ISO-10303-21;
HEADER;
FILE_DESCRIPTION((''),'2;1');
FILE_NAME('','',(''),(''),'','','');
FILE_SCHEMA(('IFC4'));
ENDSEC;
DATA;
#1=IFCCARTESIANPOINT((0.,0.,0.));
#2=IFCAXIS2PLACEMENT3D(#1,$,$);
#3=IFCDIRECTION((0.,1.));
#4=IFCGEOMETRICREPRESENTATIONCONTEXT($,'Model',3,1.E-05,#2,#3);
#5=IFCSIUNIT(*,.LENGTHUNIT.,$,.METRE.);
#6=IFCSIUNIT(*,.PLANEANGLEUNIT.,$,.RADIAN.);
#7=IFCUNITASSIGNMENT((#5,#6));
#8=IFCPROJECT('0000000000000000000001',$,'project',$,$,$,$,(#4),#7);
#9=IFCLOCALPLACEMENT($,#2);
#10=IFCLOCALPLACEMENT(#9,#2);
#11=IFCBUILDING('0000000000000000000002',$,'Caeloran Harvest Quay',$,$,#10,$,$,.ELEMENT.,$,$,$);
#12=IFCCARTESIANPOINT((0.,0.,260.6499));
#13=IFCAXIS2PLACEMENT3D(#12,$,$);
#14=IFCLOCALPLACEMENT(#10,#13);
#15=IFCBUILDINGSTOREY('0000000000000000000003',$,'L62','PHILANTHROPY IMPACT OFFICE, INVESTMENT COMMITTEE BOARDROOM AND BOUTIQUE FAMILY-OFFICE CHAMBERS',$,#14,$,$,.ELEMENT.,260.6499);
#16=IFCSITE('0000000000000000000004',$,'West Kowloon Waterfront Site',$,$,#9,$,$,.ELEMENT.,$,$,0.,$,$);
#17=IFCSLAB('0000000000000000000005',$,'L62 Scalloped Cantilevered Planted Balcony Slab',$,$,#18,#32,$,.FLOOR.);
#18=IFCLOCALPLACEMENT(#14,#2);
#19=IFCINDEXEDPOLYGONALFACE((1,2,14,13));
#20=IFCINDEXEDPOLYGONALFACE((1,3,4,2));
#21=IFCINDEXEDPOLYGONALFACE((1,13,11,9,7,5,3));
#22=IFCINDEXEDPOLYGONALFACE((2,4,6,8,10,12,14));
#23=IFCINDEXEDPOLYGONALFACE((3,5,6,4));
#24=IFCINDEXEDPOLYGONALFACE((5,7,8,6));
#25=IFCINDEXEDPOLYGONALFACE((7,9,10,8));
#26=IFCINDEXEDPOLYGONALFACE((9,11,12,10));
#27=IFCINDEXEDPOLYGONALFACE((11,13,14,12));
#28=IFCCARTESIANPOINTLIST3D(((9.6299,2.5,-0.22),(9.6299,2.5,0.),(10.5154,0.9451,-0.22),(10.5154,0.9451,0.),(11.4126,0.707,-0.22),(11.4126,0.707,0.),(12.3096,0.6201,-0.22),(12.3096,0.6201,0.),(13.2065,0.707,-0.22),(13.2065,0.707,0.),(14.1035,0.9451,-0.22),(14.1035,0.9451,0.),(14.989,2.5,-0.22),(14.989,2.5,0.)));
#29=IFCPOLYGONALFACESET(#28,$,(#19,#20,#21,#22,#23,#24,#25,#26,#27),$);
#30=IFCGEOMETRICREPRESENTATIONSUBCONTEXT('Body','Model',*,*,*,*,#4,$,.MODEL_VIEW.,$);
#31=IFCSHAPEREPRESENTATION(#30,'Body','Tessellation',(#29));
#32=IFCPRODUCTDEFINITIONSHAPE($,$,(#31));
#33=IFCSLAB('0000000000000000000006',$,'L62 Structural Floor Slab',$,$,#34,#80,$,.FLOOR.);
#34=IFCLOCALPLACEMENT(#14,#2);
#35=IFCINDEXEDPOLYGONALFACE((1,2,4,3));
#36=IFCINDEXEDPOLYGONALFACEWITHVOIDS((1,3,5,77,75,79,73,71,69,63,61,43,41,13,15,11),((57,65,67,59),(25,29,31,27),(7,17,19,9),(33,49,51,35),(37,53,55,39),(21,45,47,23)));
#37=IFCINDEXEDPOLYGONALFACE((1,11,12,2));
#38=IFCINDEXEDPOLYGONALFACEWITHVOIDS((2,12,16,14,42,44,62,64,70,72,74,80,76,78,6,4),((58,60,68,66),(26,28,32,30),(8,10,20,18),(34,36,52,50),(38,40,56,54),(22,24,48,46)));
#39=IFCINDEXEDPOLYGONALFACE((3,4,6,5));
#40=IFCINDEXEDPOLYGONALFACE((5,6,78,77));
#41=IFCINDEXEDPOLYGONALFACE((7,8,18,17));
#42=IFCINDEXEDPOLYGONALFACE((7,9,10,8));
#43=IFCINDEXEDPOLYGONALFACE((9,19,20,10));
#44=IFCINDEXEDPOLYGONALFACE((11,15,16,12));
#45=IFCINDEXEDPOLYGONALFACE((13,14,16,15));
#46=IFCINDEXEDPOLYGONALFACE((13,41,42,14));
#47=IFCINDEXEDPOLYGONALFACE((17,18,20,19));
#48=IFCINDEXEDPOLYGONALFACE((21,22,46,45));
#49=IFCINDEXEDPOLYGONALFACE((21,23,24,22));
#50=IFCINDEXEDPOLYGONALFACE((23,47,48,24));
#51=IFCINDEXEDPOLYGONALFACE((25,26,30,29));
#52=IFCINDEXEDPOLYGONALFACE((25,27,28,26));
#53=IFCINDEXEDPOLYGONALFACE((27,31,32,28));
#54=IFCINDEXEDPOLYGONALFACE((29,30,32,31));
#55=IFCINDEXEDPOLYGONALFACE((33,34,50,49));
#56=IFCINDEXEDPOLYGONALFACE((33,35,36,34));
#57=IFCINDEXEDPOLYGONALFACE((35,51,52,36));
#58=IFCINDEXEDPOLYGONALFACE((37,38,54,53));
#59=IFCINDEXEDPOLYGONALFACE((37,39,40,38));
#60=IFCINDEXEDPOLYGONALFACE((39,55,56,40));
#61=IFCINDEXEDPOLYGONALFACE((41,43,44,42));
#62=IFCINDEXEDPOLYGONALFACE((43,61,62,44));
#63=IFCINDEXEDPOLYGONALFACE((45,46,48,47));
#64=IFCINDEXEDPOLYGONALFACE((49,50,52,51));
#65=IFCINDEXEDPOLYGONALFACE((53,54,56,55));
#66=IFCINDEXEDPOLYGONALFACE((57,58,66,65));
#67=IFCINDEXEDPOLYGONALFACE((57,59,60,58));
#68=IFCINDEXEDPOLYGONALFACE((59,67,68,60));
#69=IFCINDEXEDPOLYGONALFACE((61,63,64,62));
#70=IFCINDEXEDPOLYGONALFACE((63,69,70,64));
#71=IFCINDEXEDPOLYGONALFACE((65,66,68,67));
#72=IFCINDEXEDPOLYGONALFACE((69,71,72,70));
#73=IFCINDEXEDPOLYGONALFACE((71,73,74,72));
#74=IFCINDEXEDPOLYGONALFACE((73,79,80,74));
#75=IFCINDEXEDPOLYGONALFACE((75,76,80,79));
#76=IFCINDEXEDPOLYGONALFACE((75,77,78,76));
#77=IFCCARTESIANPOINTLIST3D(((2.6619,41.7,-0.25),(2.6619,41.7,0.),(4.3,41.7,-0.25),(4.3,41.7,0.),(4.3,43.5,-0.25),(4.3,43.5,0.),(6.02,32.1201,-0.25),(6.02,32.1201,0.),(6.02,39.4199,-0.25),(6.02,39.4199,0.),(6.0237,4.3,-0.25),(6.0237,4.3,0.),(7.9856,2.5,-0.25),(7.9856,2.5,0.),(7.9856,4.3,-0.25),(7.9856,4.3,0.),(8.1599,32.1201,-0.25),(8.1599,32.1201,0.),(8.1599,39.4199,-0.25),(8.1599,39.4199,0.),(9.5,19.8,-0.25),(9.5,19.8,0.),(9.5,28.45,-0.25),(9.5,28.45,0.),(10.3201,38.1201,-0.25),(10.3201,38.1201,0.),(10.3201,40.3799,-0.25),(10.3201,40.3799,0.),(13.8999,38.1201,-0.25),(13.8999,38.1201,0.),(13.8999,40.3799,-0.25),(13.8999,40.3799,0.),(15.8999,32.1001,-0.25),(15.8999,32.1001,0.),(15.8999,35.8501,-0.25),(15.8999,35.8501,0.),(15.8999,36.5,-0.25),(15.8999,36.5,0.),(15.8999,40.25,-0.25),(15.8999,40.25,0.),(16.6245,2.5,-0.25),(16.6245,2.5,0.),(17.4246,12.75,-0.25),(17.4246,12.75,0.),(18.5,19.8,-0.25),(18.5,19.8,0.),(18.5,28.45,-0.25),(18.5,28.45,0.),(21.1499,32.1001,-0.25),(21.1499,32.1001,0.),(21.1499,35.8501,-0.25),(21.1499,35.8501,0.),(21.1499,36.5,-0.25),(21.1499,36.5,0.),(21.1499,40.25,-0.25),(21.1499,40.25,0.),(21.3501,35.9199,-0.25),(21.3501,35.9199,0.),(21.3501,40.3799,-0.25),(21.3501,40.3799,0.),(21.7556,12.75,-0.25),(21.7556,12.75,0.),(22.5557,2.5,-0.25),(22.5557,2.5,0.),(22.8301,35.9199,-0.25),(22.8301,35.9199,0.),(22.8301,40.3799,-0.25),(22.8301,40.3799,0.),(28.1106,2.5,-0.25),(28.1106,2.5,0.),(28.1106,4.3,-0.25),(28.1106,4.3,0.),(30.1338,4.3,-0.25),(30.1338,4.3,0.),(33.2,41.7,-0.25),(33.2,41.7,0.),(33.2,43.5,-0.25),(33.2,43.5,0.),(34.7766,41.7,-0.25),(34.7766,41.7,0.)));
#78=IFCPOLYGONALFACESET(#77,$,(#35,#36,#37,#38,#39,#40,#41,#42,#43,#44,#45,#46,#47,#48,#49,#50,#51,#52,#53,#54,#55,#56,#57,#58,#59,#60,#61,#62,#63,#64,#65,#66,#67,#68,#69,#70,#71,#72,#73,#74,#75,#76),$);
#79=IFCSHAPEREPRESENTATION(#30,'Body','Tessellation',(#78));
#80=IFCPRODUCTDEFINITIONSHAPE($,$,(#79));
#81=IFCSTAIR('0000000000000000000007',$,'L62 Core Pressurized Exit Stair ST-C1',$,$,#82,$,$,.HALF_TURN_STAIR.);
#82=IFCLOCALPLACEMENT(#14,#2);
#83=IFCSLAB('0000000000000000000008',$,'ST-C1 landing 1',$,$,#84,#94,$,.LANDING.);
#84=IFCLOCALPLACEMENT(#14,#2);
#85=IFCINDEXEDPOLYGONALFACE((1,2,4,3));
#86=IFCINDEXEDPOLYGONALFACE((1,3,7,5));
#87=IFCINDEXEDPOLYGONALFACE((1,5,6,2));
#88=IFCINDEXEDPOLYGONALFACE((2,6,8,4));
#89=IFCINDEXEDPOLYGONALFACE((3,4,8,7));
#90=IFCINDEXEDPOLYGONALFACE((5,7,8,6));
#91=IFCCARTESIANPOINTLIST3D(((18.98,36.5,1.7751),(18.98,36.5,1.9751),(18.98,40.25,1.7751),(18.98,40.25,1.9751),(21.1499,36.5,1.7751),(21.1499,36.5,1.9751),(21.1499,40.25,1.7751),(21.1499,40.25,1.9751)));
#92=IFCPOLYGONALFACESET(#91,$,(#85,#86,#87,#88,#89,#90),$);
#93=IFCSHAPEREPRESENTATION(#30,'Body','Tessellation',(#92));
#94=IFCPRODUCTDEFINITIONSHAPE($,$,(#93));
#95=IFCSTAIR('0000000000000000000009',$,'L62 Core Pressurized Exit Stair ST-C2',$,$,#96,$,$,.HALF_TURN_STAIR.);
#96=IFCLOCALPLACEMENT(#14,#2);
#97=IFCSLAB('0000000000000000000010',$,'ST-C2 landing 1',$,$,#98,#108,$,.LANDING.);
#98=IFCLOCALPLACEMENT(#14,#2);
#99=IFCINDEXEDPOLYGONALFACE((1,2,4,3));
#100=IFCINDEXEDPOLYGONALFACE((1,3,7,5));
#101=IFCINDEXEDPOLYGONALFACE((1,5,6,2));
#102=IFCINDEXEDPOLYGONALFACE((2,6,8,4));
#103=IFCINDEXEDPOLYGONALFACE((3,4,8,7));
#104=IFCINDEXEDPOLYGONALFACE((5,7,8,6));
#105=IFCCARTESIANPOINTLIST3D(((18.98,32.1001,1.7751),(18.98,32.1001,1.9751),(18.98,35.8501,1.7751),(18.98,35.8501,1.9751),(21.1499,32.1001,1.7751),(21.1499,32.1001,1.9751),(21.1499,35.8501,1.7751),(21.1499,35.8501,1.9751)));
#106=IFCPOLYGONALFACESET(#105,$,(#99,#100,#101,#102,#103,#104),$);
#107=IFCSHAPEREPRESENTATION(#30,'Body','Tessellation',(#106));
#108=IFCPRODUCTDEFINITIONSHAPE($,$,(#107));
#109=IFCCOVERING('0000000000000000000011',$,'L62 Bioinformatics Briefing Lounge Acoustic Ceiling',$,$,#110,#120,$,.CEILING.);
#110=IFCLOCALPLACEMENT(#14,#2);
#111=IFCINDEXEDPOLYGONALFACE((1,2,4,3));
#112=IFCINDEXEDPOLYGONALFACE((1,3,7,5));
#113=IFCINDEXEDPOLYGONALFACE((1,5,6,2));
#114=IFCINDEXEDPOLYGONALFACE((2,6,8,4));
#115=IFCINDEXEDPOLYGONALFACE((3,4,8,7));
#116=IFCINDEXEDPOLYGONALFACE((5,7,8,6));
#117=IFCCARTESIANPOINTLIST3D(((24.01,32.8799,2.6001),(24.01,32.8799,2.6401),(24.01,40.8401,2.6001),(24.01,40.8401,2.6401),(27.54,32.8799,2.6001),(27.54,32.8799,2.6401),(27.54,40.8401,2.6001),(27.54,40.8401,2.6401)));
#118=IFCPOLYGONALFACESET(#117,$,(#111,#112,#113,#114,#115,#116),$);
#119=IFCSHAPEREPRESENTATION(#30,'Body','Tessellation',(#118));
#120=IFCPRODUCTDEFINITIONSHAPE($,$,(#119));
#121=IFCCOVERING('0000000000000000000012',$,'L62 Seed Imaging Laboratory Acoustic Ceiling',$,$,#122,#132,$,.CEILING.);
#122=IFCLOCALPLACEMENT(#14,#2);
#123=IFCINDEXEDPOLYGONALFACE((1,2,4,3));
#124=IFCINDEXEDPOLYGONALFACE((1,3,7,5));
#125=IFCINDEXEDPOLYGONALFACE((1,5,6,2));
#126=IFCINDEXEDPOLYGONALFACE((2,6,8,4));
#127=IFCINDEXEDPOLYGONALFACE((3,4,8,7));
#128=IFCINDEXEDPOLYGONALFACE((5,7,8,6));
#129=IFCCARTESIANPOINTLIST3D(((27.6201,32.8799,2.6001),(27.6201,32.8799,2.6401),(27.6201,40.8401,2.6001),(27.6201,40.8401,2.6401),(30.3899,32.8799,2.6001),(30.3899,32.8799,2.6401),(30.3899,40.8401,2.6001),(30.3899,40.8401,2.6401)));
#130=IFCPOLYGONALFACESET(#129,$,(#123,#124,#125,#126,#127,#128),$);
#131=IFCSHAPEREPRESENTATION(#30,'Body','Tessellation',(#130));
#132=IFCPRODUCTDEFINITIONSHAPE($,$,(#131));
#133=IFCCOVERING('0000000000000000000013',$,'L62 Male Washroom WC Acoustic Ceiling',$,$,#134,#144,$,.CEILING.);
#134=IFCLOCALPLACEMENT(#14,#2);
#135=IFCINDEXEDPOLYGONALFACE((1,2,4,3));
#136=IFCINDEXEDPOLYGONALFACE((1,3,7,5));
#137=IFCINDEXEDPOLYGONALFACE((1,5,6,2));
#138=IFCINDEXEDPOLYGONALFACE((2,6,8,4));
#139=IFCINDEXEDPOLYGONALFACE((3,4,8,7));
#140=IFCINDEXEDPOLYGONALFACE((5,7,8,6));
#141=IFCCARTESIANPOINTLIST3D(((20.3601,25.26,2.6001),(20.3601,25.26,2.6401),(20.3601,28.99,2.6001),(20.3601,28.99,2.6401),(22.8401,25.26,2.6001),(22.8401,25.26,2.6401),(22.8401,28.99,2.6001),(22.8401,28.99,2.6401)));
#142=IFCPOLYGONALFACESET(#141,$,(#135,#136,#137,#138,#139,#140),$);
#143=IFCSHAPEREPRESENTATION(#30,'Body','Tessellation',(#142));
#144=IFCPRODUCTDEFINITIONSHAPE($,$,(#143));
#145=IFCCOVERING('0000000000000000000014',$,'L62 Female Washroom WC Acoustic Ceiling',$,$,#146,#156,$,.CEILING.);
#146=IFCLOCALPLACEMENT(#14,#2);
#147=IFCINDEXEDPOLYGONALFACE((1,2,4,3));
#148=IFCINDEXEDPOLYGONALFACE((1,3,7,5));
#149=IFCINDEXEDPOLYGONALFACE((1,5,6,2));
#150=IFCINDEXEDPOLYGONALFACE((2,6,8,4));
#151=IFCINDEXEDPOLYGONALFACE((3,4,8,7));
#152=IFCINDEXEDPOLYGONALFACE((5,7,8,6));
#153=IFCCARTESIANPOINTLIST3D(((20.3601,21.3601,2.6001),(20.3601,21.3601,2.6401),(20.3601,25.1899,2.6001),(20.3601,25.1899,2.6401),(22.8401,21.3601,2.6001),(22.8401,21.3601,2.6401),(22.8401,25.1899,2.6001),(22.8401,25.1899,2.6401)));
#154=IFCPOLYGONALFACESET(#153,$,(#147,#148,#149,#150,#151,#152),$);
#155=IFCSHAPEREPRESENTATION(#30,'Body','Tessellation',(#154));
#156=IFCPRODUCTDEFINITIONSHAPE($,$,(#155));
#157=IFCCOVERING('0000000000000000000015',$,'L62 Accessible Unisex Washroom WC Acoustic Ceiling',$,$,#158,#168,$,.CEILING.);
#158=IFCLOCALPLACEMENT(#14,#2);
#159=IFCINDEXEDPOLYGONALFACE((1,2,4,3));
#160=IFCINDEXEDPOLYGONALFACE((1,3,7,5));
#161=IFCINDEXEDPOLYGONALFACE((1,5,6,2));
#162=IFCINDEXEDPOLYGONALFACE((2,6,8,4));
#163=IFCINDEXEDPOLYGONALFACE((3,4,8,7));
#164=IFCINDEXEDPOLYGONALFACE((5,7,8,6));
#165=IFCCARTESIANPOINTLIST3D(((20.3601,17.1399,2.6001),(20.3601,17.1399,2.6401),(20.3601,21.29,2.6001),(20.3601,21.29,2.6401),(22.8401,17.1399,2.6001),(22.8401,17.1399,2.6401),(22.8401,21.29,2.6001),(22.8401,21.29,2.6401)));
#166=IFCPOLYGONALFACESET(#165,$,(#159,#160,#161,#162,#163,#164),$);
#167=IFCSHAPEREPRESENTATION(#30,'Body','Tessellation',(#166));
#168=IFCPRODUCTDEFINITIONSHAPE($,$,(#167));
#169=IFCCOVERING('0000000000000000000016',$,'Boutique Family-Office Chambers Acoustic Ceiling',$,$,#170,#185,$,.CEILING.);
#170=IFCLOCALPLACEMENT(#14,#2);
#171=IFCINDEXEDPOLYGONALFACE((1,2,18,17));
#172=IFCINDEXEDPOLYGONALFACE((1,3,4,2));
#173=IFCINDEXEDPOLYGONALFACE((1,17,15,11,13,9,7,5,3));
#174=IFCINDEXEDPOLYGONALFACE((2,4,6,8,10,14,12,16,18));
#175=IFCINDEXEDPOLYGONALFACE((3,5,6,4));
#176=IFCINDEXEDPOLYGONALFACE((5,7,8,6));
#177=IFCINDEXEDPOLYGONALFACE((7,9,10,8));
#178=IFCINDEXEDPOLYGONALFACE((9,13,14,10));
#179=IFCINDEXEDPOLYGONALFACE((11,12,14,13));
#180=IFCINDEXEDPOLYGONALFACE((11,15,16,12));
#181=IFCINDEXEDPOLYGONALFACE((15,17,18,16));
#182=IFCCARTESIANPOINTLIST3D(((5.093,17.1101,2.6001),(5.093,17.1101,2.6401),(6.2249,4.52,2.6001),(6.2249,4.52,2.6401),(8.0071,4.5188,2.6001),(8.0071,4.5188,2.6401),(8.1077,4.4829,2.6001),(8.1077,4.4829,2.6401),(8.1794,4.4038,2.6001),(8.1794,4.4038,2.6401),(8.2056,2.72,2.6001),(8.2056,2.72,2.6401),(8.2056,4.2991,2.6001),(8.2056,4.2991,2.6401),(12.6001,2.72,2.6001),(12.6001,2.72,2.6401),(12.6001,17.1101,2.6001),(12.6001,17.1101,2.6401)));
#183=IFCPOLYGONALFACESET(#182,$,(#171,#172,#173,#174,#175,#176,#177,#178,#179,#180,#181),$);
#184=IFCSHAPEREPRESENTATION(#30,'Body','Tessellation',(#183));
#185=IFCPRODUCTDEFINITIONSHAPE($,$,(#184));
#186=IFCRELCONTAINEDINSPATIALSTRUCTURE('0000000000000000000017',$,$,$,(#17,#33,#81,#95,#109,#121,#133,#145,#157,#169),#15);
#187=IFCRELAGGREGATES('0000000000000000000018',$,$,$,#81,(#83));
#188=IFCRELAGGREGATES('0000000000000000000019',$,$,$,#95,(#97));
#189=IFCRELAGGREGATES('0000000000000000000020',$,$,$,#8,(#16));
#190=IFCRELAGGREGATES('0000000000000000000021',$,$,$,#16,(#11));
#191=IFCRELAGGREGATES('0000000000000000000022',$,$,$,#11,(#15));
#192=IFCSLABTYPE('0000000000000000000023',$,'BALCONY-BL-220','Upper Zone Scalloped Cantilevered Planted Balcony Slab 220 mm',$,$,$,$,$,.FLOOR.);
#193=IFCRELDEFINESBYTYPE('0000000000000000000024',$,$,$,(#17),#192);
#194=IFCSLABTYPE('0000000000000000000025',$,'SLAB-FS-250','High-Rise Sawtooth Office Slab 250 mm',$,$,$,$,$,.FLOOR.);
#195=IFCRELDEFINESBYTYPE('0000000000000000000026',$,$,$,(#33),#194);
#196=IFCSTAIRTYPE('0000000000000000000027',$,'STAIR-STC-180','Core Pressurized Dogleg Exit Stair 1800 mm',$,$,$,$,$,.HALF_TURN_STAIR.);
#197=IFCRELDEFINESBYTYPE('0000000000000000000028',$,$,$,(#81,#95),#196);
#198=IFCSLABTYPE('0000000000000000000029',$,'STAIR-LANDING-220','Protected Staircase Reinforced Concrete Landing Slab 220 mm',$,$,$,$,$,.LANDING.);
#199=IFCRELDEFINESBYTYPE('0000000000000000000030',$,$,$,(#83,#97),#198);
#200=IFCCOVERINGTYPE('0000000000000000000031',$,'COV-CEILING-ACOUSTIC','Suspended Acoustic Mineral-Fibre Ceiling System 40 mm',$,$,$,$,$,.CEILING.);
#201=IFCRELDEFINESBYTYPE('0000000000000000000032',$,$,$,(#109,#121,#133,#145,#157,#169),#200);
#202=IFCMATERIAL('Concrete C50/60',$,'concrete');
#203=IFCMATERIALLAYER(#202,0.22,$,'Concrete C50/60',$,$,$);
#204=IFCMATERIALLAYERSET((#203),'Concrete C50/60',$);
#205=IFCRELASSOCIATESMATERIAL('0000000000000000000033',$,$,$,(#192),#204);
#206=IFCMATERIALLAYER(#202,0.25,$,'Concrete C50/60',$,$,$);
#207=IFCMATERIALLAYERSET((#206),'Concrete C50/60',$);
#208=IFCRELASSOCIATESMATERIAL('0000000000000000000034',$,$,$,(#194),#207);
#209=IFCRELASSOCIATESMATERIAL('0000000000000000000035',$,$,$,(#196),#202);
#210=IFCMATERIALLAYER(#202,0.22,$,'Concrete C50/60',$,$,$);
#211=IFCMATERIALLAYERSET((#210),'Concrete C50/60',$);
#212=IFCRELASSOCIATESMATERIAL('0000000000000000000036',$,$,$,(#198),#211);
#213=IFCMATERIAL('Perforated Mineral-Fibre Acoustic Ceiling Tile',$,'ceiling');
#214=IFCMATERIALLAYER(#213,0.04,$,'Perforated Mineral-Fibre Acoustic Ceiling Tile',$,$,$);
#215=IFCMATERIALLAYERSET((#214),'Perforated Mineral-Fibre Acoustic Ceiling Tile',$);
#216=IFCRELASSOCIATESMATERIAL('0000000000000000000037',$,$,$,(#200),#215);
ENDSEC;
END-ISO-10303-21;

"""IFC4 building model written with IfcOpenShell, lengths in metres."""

from ifc_helpers import new_model, si_unit, direction, frame, origin, place, context, subcontext, project, spatial, polyline, outline, extrude, material, layer, layer_set, type_object, element, aggregate, save


model = new_model("IFC4")

# Units and contexts
model_context = context("Model", 3, precision=1e-05, world=origin(), true_north=direction((0.0, 1.0)))
body_context = subcontext(model_context, "Body", "Model", "MODEL_VIEW")
ifc_project = project(units=[si_unit("LENGTHUNIT", "METRE"), si_unit("PLANEANGLEUNIT", "RADIAN")], contexts=[model_context])

# Site, building, storey
site_placement = place(None, origin())
site = spatial("IfcSite", under=ifc_project, at=site_placement, Name="West Kowloon Waterfront Site", CompositionType="ELEMENT", RefElevation=0.0)
building_placement = place(site_placement, origin())
building = spatial("IfcBuilding", under=site, at=building_placement, Name="Caeloran Harvest Quay", CompositionType="ELEMENT")
storey_placement = place(building_placement, frame((0.0, 0.0, 260.6499)))
storey = spatial("IfcBuildingStorey", under=building, at=storey_placement, Name="L62", Description="PHILANTHROPY IMPACT OFFICE, INVESTMENT COMMITTEE BOARDROOM AND BOUTIQUE FAMILY-OFFICE CHAMBERS", CompositionType="ELEMENT", Elevation=260.6499)

# Slabs
ifc_material_1 = material(Name="Concrete C50/60", Category="concrete")
ifc_layer_1 = layer(ifc_material_1, 0.22, Name="Concrete C50/60")
ifc_layer_set_1 = layer_set([ifc_layer_1], Name="Concrete C50/60")
slab_type_1 = type_object("IfcSlabType", Name="BALCONY-BL-220", Description="Upper Zone Scalloped Cantilevered Planted Balcony Slab 220 mm", PredefinedType="FLOOR", material=ifc_layer_set_1)
slab_1_placement = place(storey_placement, frame((0.0, 0.0, -0.22)))
element("IfcSlab", 1, at=slab_1_placement, inside=storey, type_object=slab_type_1, Name="L62 Scalloped Cantilevered Planted Balcony Slab", PredefinedType="FLOOR", context=body_context, shape_type="SweptSolid", body=[
    extrude(outline(polyline([(14.1035, 0.9451), (13.2065, 0.707), (12.3096, 0.6201), (11.4126, 0.707), (10.5154, 0.9451), (9.6299, 2.5), (14.989, 2.5), (14.1035, 0.9451)])), origin(), (0.0, 0.0, 1.0), 0.22),
])
ifc_layer_2 = layer(ifc_material_1, 0.25, Name="Concrete C50/60")
ifc_layer_set_2 = layer_set([ifc_layer_2], Name="Concrete C50/60")
slab_type_2 = type_object("IfcSlabType", Name="SLAB-FS-250", Description="High-Rise Sawtooth Office Slab 250 mm", PredefinedType="FLOOR", material=ifc_layer_set_2)
slab_2_placement = place(storey_placement, frame((0.0, 0.0, -0.25)))
element("IfcSlab", 2, at=slab_2_placement, inside=storey, type_object=slab_type_2, Name="L62 Structural Floor Slab", PredefinedType="FLOOR", context=body_context, shape_type="SweptSolid", body=[
    extrude(outline(polyline([(7.9856, 2.5), (16.6245, 2.5), (17.4246, 12.75), (21.7556, 12.75), (22.5557, 2.5), (28.1106, 2.5), (28.1106, 4.3), (30.1338, 4.3), (34.7766, 41.7), (33.2, 41.7), (33.2, 43.5), (4.3, 43.5), (4.3, 41.7), (2.6619, 41.7), (6.0237, 4.3), (7.9856, 4.3), (7.9856, 2.5)]), holes=[polyline([(18.5, 28.45), (18.5, 19.8), (9.5, 19.8), (9.5, 28.45), (18.5, 28.45)]), polyline([(15.8999, 32.1001), (15.8999, 35.8501), (21.1499, 35.8501), (21.1499, 32.1001), (15.8999, 32.1001)]), polyline([(8.1599, 32.1201), (6.02, 32.1201), (6.02, 39.4199), (8.1599, 39.4199), (8.1599, 32.1201)]), polyline([(22.8301, 40.3799), (22.8301, 35.9199), (21.3501, 35.9199), (21.3501, 40.3799), (22.8301, 40.3799)]), polyline([(15.8999, 36.5), (15.8999, 40.25), (21.1499, 40.25), (21.1499, 36.5), (15.8999, 36.5)]), polyline([(13.8999, 38.1201), (10.3201, 38.1201), (10.3201, 40.3799), (13.8999, 40.3799), (13.8999, 38.1201)])]), origin(), (0.0, 0.0, 1.0), 0.25),
])

# Stairs, slabs
stair_type = type_object("IfcStairType", Name="STAIR-STC-180", Description="Core Pressurized Dogleg Exit Stair 1800 mm", PredefinedType="HALF_TURN_STAIR", material=ifc_material_1)
stair_1_placement = place(storey_placement, origin())
stair_1 = element("IfcStair", 3, at=stair_1_placement, inside=storey, type_object=stair_type, Name="L62 Core Pressurized Exit Stair ST-C1", PredefinedType="HALF_TURN_STAIR")
ifc_layer_3 = layer(ifc_material_1, 0.22, Name="Concrete C50/60")
ifc_layer_set_3 = layer_set([ifc_layer_3], Name="Concrete C50/60")
slab_type_3 = type_object("IfcSlabType", Name="STAIR-LANDING-220", Description="Protected Staircase Reinforced Concrete Landing Slab 220 mm", PredefinedType="LANDING", material=ifc_layer_set_3)
slab_3_placement = place(storey_placement, frame((0.0, 0.0, 1.7751)))
slab_3 = element("IfcSlab", 4, at=slab_3_placement, type_object=slab_type_3, Name="ST-C1 landing 1", PredefinedType="LANDING", context=body_context, shape_type="SweptSolid", body=[
    extrude(outline(polyline([(18.98, 36.5), (21.1499, 36.5), (21.1499, 40.25), (18.98, 40.25), (18.98, 36.5)])), origin(), (0.0, 0.0, 1.0), 0.2),
])
aggregate(stair_1, [slab_3])
stair_2_placement = place(storey_placement, origin())
stair_2 = element("IfcStair", 5, at=stair_2_placement, inside=storey, type_object=stair_type, Name="L62 Core Pressurized Exit Stair ST-C2", PredefinedType="HALF_TURN_STAIR")
slab_4_placement = place(storey_placement, frame((0.0, 0.0, 1.7751)))
slab_4 = element("IfcSlab", 6, at=slab_4_placement, type_object=slab_type_3, Name="ST-C2 landing 1", PredefinedType="LANDING", context=body_context, shape_type="SweptSolid", body=[
    extrude(outline(polyline([(18.98, 32.1001), (21.1499, 32.1001), (21.1499, 35.8501), (18.98, 35.8501), (18.98, 32.1001)])), origin(), (0.0, 0.0, 1.0), 0.2),
])
aggregate(stair_2, [slab_4])

# Coverings
ifc_material_2 = material(Name="Perforated Mineral-Fibre Acoustic Ceiling Tile", Category="ceiling")
ifc_layer_4 = layer(ifc_material_2, 0.04, Name="Perforated Mineral-Fibre Acoustic Ceiling Tile")
ifc_layer_set_4 = layer_set([ifc_layer_4], Name="Perforated Mineral-Fibre Acoustic Ceiling Tile")
covering_type_1 = type_object("IfcCoveringType", Name="COV-CEILING-ACOUSTIC", Description="Suspended Acoustic Mineral-Fibre Ceiling System 40 mm", PredefinedType="CEILING", material=ifc_layer_set_4)
covering_1_placement = place(storey_placement, frame((0.0, 0.0, 2.6001)))
element("IfcCovering", 7, at=covering_1_placement, inside=storey, type_object=covering_type_1, Name="L62 Bioinformatics Briefing Lounge Acoustic Ceiling", PredefinedType="CEILING", context=body_context, shape_type="SweptSolid", body=[
    extrude(outline(polyline([(27.54, 40.8401), (27.54, 32.8799), (24.01, 32.8799), (24.01, 40.8401), (27.54, 40.8401)])), origin(), (0.0, 0.0, 1.0), 0.04),
])
covering_2_placement = place(storey_placement, frame((0.0, 0.0, 2.6001)))
element("IfcCovering", 8, at=covering_2_placement, inside=storey, type_object=covering_type_1, Name="L62 Seed Imaging Laboratory Acoustic Ceiling", PredefinedType="CEILING", context=body_context, shape_type="SweptSolid", body=[
    extrude(outline(polyline([(30.3899, 40.8401), (30.3899, 32.8799), (27.6201, 32.8799), (27.6201, 40.8401), (30.3899, 40.8401)])), origin(), (0.0, 0.0, 1.0), 0.04),
])
covering_3_placement = place(storey_placement, frame((0.0, 0.0, 2.6001)))
element("IfcCovering", 9, at=covering_3_placement, inside=storey, type_object=covering_type_1, Name="L62 Male Washroom WC Acoustic Ceiling", PredefinedType="CEILING", context=body_context, shape_type="SweptSolid", body=[
    extrude(outline(polyline([(22.8401, 28.99), (22.8401, 25.26), (20.3601, 25.26), (20.3601, 28.99), (22.8401, 28.99)])), origin(), (0.0, 0.0, 1.0), 0.04),
])
covering_4_placement = place(storey_placement, frame((0.0, 0.0, 2.6001)))
element("IfcCovering", 10, at=covering_4_placement, inside=storey, type_object=covering_type_1, Name="L62 Female Washroom WC Acoustic Ceiling", PredefinedType="CEILING", context=body_context, shape_type="SweptSolid", body=[
    extrude(outline(polyline([(22.8401, 25.1899), (22.8401, 21.3601), (20.3601, 21.3601), (20.3601, 25.1899), (22.8401, 25.1899)])), origin(), (0.0, 0.0, 1.0), 0.04),
])
covering_5_placement = place(storey_placement, frame((0.0, 0.0, 2.6001)))
element("IfcCovering", 11, at=covering_5_placement, inside=storey, type_object=covering_type_1, Name="L62 Accessible Unisex Washroom WC Acoustic Ceiling", PredefinedType="CEILING", context=body_context, shape_type="SweptSolid", body=[
    extrude(outline(polyline([(22.8401, 21.29), (22.8401, 17.1399), (20.3601, 17.1399), (20.3601, 21.29), (22.8401, 21.29)])), origin(), (0.0, 0.0, 1.0), 0.04),
])
covering_6_placement = place(storey_placement, frame((0.0, 0.0, 2.6001)))
element("IfcCovering", 12, at=covering_6_placement, inside=storey, type_object=covering_type_1, Name="Boutique Family-Office Chambers Acoustic Ceiling", PredefinedType="CEILING", context=body_context, shape_type="SweptSolid", body=[
    extrude(outline(polyline([(8.1794, 4.4038), (8.1077, 4.4829), (8.0071, 4.5188), (6.2249, 4.52), (5.093, 17.1101), (12.6001, 17.1101), (12.6001, 2.72), (8.2056, 2.72), (8.2056, 4.2991), (8.1794, 4.4038)])), origin(), (0.0, 0.0, 1.0), 0.04),
])

save(model, "model.ifc")
